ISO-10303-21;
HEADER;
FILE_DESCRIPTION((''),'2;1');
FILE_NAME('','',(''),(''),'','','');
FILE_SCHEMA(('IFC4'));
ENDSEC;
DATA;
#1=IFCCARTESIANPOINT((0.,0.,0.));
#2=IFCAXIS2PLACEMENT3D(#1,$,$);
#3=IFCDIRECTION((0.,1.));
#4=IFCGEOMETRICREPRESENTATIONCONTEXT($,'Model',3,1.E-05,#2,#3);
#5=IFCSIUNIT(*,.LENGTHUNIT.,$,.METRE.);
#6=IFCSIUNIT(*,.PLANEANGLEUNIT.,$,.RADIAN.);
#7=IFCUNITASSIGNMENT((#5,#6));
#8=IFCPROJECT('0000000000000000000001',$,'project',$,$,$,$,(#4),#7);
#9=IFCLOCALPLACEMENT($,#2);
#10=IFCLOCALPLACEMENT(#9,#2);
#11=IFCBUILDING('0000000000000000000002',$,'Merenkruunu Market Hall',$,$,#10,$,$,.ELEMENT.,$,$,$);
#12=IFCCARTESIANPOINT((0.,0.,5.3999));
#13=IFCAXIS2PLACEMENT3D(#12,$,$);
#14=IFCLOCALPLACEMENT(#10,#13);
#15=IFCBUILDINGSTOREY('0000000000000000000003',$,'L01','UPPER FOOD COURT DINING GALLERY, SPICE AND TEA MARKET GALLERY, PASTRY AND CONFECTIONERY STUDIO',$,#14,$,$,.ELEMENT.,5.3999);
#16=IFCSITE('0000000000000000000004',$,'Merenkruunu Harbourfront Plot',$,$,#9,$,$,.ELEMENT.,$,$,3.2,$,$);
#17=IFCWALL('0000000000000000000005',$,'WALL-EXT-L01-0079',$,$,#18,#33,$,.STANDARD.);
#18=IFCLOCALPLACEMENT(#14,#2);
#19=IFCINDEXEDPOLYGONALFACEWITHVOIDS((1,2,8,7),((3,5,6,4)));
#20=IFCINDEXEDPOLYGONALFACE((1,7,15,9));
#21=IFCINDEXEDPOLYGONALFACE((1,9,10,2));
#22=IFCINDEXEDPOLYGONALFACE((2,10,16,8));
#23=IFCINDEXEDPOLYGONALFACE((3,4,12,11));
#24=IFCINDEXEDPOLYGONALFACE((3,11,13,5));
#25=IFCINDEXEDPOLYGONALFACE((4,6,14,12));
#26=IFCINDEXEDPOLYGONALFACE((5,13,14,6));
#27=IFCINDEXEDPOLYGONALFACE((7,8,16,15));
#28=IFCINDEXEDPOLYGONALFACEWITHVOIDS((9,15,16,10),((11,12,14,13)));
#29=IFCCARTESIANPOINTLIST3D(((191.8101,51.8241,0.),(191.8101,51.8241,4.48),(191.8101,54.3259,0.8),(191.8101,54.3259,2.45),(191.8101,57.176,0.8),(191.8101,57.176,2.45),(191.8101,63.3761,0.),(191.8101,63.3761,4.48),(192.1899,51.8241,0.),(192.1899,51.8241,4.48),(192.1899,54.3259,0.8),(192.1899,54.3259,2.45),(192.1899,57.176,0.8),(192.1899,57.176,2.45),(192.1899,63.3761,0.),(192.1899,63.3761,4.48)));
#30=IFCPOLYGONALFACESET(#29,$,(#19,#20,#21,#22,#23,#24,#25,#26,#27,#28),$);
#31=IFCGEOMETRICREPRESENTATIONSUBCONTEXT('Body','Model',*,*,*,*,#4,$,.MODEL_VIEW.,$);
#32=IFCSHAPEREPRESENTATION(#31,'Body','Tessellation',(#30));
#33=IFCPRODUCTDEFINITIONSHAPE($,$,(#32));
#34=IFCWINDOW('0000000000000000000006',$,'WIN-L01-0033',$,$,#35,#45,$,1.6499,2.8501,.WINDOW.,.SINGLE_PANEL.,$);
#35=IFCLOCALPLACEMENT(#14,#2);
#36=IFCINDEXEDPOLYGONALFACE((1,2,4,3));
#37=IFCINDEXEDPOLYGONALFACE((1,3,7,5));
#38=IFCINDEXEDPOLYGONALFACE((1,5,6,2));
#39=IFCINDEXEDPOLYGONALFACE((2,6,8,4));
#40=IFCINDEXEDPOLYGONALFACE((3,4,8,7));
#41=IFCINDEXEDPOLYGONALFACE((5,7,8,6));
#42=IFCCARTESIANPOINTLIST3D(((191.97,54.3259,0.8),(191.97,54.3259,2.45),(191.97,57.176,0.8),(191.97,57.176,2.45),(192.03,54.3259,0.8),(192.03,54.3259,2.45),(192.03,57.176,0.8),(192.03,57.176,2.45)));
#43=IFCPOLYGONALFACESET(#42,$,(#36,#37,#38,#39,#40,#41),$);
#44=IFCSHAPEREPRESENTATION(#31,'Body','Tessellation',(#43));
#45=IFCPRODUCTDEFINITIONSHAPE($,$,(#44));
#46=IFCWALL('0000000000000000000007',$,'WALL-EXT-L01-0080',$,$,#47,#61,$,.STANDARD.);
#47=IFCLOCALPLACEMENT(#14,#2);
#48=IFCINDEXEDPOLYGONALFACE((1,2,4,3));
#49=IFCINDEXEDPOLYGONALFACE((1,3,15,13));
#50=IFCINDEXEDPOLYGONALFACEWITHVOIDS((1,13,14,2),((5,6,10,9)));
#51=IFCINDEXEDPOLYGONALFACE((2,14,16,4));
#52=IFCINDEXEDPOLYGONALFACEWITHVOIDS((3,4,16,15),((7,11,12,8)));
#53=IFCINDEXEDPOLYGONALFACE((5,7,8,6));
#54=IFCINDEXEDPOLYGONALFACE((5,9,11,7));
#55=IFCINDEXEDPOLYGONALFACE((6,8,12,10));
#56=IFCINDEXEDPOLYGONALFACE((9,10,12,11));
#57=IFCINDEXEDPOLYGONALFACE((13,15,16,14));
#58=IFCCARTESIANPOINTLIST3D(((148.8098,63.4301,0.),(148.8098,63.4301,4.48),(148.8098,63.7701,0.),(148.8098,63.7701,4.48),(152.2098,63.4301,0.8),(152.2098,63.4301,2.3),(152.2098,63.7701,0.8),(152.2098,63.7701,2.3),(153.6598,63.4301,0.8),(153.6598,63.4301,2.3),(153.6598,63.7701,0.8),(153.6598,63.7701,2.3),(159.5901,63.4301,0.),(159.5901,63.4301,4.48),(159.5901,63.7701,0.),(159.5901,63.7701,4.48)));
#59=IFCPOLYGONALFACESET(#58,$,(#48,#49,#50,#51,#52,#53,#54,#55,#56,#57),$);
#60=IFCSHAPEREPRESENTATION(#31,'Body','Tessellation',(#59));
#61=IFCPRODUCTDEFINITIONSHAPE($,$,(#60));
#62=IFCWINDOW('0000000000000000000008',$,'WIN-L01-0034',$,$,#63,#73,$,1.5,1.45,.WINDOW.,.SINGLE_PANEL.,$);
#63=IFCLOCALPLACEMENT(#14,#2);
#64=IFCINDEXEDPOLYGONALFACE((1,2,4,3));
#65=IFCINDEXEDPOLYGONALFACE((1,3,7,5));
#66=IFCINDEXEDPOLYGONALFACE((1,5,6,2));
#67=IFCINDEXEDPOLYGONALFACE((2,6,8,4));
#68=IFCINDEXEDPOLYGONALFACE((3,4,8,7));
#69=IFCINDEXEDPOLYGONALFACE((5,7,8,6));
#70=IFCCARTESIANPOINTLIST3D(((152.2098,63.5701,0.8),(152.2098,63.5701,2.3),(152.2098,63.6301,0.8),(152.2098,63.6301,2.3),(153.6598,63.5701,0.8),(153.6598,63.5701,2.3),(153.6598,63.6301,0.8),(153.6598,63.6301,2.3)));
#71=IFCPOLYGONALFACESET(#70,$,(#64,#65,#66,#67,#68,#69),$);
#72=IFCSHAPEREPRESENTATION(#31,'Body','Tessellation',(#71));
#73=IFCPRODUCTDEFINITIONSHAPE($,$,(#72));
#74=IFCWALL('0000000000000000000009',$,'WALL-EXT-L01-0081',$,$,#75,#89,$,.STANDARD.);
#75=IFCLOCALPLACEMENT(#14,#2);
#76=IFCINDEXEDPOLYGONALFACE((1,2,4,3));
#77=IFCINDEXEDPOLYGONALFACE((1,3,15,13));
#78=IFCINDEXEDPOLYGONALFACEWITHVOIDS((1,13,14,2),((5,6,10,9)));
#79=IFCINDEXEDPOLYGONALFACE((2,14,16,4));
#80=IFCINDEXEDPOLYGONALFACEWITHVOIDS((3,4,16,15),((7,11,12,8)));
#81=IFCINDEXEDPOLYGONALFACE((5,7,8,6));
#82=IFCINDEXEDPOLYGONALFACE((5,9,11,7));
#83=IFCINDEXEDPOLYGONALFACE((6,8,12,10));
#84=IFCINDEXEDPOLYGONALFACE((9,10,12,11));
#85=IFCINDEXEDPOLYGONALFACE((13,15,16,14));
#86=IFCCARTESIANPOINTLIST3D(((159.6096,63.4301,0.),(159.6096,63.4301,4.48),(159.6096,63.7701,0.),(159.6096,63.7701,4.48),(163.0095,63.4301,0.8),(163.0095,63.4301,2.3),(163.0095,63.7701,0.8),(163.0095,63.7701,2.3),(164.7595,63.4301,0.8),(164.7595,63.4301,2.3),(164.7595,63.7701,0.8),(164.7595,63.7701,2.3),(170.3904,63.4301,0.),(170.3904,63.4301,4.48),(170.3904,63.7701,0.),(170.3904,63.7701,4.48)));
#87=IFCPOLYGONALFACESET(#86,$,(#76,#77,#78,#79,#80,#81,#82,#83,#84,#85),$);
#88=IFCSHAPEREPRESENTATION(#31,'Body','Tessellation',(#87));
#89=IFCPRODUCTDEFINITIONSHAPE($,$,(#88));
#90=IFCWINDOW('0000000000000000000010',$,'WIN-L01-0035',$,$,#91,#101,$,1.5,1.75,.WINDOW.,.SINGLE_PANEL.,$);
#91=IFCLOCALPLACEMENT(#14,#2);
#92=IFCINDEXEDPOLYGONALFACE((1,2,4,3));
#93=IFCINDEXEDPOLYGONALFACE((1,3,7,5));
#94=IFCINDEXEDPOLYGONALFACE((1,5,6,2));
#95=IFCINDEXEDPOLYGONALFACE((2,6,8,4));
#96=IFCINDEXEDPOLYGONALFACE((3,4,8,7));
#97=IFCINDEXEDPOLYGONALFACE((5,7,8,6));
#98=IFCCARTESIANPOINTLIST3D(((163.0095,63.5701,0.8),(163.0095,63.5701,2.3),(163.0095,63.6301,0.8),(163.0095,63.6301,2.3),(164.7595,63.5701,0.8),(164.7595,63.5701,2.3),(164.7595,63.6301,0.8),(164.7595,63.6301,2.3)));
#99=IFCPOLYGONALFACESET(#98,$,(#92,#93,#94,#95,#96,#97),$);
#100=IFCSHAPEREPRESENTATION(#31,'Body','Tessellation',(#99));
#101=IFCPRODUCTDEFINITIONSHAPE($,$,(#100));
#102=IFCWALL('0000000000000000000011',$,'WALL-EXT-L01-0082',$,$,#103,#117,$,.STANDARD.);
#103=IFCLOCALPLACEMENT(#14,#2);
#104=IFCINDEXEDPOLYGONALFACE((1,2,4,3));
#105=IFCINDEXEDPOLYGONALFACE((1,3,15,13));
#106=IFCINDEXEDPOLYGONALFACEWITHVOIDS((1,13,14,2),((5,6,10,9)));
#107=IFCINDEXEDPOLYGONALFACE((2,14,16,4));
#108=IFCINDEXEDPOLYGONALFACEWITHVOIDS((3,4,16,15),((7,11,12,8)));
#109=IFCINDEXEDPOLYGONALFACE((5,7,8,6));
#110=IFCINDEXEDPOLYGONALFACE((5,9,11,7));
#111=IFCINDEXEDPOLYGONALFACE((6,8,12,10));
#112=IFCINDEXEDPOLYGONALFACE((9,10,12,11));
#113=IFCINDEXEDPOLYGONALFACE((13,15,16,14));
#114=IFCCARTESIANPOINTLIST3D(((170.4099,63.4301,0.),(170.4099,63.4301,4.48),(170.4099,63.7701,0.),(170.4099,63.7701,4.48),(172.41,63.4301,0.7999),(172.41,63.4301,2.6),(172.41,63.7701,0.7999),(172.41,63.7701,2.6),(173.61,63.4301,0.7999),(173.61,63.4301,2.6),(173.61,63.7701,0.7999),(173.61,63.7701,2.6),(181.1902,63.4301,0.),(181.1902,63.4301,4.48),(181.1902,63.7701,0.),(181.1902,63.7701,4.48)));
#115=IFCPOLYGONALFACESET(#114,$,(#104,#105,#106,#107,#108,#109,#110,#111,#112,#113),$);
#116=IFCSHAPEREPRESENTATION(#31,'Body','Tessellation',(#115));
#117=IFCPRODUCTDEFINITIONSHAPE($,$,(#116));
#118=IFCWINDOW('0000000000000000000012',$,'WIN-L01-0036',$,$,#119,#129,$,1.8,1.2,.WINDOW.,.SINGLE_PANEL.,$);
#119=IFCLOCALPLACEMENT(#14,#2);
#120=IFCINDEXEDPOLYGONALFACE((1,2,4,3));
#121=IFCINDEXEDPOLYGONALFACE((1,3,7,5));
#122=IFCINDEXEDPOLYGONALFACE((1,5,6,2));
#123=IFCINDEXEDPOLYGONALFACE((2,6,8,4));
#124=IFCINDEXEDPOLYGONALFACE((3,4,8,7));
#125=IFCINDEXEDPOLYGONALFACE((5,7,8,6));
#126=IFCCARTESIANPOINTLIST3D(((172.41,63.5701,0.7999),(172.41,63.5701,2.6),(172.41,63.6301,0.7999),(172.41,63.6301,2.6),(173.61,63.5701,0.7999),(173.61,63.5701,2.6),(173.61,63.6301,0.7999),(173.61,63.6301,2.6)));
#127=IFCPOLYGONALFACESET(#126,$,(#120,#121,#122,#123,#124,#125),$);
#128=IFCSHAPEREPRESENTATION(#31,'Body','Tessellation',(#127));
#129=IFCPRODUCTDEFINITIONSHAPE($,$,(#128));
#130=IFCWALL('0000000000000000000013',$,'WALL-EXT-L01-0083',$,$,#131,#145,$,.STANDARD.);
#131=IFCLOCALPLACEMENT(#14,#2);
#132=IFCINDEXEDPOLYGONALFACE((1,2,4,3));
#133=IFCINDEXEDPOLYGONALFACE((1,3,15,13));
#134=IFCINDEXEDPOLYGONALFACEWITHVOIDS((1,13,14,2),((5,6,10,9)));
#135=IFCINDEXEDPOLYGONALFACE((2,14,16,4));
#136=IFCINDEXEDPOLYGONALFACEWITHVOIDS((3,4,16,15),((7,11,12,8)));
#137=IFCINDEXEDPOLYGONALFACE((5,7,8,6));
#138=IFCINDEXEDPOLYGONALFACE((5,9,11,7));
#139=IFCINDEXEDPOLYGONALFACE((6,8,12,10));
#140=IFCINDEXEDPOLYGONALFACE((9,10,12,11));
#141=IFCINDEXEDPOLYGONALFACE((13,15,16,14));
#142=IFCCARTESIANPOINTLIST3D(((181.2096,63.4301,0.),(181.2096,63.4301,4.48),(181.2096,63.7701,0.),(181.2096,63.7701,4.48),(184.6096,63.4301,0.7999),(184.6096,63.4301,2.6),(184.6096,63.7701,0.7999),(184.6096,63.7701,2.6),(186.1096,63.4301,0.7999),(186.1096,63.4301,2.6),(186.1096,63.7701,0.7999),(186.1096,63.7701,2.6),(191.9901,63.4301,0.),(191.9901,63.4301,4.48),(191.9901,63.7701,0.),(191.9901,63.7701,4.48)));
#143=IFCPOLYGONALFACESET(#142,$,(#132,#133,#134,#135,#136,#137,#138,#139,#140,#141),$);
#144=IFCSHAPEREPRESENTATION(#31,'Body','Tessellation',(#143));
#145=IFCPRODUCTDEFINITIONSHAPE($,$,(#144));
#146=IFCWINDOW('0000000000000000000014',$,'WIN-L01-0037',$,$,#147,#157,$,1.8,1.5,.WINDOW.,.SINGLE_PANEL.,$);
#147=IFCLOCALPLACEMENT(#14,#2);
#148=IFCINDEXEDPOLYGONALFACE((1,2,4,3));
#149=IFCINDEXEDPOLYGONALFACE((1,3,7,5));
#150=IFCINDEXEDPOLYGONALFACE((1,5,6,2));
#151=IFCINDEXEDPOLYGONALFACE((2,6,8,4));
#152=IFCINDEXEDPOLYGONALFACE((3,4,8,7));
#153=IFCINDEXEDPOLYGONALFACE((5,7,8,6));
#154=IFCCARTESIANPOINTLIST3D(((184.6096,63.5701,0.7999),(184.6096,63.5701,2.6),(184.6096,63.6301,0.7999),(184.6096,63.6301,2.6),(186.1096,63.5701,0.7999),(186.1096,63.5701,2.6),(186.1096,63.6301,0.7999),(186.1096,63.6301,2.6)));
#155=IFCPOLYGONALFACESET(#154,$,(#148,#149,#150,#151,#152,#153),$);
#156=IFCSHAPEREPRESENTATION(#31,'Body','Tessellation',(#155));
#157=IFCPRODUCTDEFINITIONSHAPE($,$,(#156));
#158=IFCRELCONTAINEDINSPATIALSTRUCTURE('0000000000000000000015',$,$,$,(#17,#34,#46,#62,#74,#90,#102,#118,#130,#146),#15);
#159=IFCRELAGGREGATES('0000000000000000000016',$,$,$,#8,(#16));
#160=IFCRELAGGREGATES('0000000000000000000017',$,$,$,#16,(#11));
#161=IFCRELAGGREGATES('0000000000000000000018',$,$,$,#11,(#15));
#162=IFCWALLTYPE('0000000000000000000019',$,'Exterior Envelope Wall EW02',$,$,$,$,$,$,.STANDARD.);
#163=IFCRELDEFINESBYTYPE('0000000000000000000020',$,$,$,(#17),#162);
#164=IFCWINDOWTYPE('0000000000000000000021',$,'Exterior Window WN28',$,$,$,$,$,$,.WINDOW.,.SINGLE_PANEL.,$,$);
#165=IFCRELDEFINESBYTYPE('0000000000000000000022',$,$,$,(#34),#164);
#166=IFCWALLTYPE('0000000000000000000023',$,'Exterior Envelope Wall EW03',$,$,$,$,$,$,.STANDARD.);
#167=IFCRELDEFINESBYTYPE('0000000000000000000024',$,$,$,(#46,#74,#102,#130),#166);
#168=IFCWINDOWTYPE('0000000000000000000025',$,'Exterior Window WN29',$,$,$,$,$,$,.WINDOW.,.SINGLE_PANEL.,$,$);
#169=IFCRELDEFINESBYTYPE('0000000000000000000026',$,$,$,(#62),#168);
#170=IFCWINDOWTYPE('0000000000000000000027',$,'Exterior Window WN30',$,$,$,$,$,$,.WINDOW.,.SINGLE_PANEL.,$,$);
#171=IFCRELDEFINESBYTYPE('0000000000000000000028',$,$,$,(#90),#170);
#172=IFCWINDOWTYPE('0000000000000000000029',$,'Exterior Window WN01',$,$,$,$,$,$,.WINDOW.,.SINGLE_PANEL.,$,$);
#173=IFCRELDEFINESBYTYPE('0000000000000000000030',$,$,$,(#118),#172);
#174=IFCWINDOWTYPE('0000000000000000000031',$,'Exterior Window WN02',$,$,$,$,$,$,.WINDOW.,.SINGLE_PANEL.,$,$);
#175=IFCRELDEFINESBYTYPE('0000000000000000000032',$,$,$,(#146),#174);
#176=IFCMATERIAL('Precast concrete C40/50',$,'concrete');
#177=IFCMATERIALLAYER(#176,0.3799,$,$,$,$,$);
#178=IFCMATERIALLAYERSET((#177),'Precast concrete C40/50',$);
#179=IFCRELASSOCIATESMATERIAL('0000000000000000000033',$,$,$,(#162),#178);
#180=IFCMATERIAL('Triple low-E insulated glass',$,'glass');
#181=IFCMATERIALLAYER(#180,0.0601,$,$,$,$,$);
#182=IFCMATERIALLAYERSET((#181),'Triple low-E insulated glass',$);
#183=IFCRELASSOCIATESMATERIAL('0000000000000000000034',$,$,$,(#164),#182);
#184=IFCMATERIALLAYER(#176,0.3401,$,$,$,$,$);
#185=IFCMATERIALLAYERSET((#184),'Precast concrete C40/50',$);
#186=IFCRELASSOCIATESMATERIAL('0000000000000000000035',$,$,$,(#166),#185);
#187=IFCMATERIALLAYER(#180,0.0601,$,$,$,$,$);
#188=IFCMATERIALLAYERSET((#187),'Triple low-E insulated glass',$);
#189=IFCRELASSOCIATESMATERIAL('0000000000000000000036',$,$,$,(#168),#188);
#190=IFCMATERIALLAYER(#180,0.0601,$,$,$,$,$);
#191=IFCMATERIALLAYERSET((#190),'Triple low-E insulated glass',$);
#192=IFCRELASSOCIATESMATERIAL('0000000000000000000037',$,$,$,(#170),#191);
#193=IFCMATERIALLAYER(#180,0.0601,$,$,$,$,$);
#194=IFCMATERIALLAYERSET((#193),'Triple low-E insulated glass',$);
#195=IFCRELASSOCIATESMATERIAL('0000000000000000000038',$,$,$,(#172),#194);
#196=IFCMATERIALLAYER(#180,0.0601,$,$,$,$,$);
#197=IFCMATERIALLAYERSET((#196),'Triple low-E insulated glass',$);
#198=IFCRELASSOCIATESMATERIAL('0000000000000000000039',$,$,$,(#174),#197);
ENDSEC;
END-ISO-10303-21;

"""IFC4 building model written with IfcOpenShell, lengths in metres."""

from ifc_helpers import new_model, si_unit, direction, frame, frame_2d, origin, place, context, subcontext, project, spatial, rectangle, extrude, material, layer, layer_set, type_object, element, fill, save


model = new_model("IFC4")

# Units and contexts
model_context = context("Model", 3, precision=1e-05, world=origin(), true_north=direction((0.0, 1.0)))
body_context = subcontext(model_context, "Body", "Model", "MODEL_VIEW")
ifc_project = project(units=[si_unit("LENGTHUNIT", "METRE"), si_unit("PLANEANGLEUNIT", "RADIAN")], contexts=[model_context])

# Site, building, storey
site_placement = place(None, origin())
site = spatial("IfcSite", under=ifc_project, at=site_placement, Name="Merenkruunu Harbourfront Plot", CompositionType="ELEMENT", RefElevation=3.2)
building_placement = place(site_placement, origin())
building = spatial("IfcBuilding", under=site, at=building_placement, Name="Merenkruunu Market Hall", CompositionType="ELEMENT")
storey_placement = place(building_placement, frame((0.0, 0.0, 5.3999)))
storey = spatial("IfcBuildingStorey", under=building, at=storey_placement, Name="L01", Description="UPPER FOOD COURT DINING GALLERY, SPICE AND TEA MARKET GALLERY, PASTRY AND CONFECTIONERY STUDIO", CompositionType="ELEMENT", Elevation=5.3999)

# Walls, openings, windows
ifc_material_1 = material(Name="Precast concrete C40/50", Category="concrete")
ifc_layer_1 = layer(ifc_material_1, 0.3799)
ifc_layer_set_1 = layer_set([ifc_layer_1], Name="Precast concrete C40/50")
wall_type_1 = type_object("IfcWallType", Name="Exterior Envelope Wall EW02", PredefinedType="STANDARD", material=ifc_layer_set_1)
wall_1_placement = place(storey_placement, frame((192.0, 63.376, 0.0), z_axis=(0.0, 0.0, 1.0), x_axis=(0.0, -1.0, 0.0)))
wall_1 = element("IfcWall", 1, at=wall_1_placement, inside=storey, type_object=wall_type_1, Name="WALL-EXT-L01-0079", PredefinedType="STANDARD", context=body_context, shape_type="SweptSolid", body=[
    extrude(rectangle(XDim=11.552, YDim=0.3799, at=frame_2d((5.7759, 0.0))), origin(), (0.0, 0.0, 1.0), 4.48),
])
opening_1_placement = place(wall_1_placement, frame((6.2, 0.0, 0.8)))
opening_1 = element("IfcOpeningElement", 2, at=opening_1_placement, cuts=wall_1, PredefinedType="OPENING", context=body_context, shape_type="SweptSolid", body=[
    extrude(rectangle(XDim=2.8501, YDim=1.6499, at=frame_2d((1.425, 0.825))), frame((0.0, 0.2, 0.0), z_axis=(0.0, -1.0, 0.0), x_axis=(1.0, 0.0, 0.0)), (0.0, 0.0, 1.0), 0.3999),
])
ifc_material_2 = material(Name="Triple low-E insulated glass", Category="glass")
ifc_layer_2 = layer(ifc_material_2, 0.0601)
ifc_layer_set_2 = layer_set([ifc_layer_2], Name="Triple low-E insulated glass")
window_type_1 = type_object("IfcWindowType", Name="Exterior Window WN28", PartitioningType="SINGLE_PANEL", PredefinedType="WINDOW", material=ifc_layer_set_2)
window_1_placement = place(opening_1_placement, origin())
window_1 = element("IfcWindow", 3, at=window_1_placement, inside=storey, type_object=window_type_1, Name="WIN-L01-0033", OverallHeight=1.6499, OverallWidth=2.8501, PartitioningType="SINGLE_PANEL", PredefinedType="WINDOW", context=body_context, shape_type="SweptSolid", body=[
    extrude(rectangle(XDim=2.8501, YDim=1.6499, at=frame_2d((1.425, 0.825))), frame((0.0, 0.03, 0.0), z_axis=(0.0, -1.0, 0.0), x_axis=(1.0, 0.0, 0.0)), (0.0, 0.0, 1.0), 0.0601),
])
fill(opening_1, window_1)
ifc_layer_3 = layer(ifc_material_1, 0.3401)
ifc_layer_set_3 = layer_set([ifc_layer_3], Name="Precast concrete C40/50")
wall_type_2 = type_object("IfcWallType", Name="Exterior Envelope Wall EW03", PredefinedType="STANDARD", material=ifc_layer_set_3)
wall_2_placement = place(storey_placement, frame((148.8098, 63.6001, 0.0), z_axis=(0.0, 0.0, 1.0), x_axis=(1.0, 0.0, 0.0)))
wall_2 = element("IfcWall", 4, at=wall_2_placement, inside=storey, type_object=wall_type_2, Name="WALL-EXT-L01-0080", PredefinedType="STANDARD", context=body_context, shape_type="SweptSolid", body=[
    extrude(rectangle(XDim=10.7803, YDim=0.3401, at=frame_2d((5.3901, 0.0))), origin(), (0.0, 0.0, 1.0), 4.48),
])
opening_2_placement = place(wall_2_placement, frame((3.3999, 0.0, 0.8)))
opening_2 = element("IfcOpeningElement", 5, at=opening_2_placement, cuts=wall_2, PredefinedType="OPENING", context=body_context, shape_type="SweptSolid", body=[
    extrude(rectangle(XDim=1.45, YDim=1.5, at=frame_2d((0.7251, 0.75))), frame((0.0, 0.1802, 0.0), z_axis=(0.0, -1.0, 0.0), x_axis=(1.0, 0.0, 0.0)), (0.0, 0.0, 1.0), 0.3601),
])
ifc_layer_4 = layer(ifc_material_2, 0.0601)
ifc_layer_set_4 = layer_set([ifc_layer_4], Name="Triple low-E insulated glass")
window_type_2 = type_object("IfcWindowType", Name="Exterior Window WN29", PartitioningType="SINGLE_PANEL", PredefinedType="WINDOW", material=ifc_layer_set_4)
window_2_placement = place(opening_2_placement, origin())
window_2 = element("IfcWindow", 6, at=window_2_placement, inside=storey, type_object=window_type_2, Name="WIN-L01-0034", OverallHeight=1.5, OverallWidth=1.45, PartitioningType="SINGLE_PANEL", PredefinedType="WINDOW", context=body_context, shape_type="SweptSolid", body=[
    extrude(rectangle(XDim=1.45, YDim=1.5, at=frame_2d((0.7251, 0.75))), frame((0.0, 0.03, 0.0), z_axis=(0.0, -1.0, 0.0), x_axis=(1.0, 0.0, 0.0)), (0.0, 0.0, 1.0), 0.0601),
])
fill(opening_2, window_2)
wall_3_placement = place(storey_placement, frame((159.6096, 63.6001, 0.0), z_axis=(0.0, 0.0, 1.0), x_axis=(1.0, 0.0, 0.0)))
wall_3 = element("IfcWall", 7, at=wall_3_placement, inside=storey, type_object=wall_type_2, Name="WALL-EXT-L01-0081", PredefinedType="STANDARD", context=body_context, shape_type="SweptSolid", body=[
    extrude(rectangle(XDim=10.7808, YDim=0.3401, at=frame_2d((5.3904, 0.0))), origin(), (0.0, 0.0, 1.0), 4.48),
])
opening_3_placement = place(wall_3_placement, frame((3.3999, 0.0, 0.8)))
opening_3 = element("IfcOpeningElement", 8, at=opening_3_placement, cuts=wall_3, PredefinedType="OPENING", context=body_context, shape_type="SweptSolid", body=[
    extrude(rectangle(XDim=1.75, YDim=1.5, at=frame_2d((0.875, 0.75))), frame((0.0, 0.1802, 0.0), z_axis=(0.0, -1.0, 0.0), x_axis=(1.0, 0.0, 0.0)), (0.0, 0.0, 1.0), 0.3601),
])
ifc_layer_5 = layer(ifc_material_2, 0.0601)
ifc_layer_set_5 = layer_set([ifc_layer_5], Name="Triple low-E insulated glass")
window_type_3 = type_object("IfcWindowType", Name="Exterior Window WN30", PartitioningType="SINGLE_PANEL", PredefinedType="WINDOW", material=ifc_layer_set_5)
window_3_placement = place(opening_3_placement, origin())
window_3 = element("IfcWindow", 9, at=window_3_placement, inside=storey, type_object=window_type_3, Name="WIN-L01-0035", OverallHeight=1.5, OverallWidth=1.75, PartitioningType="SINGLE_PANEL", PredefinedType="WINDOW", context=body_context, shape_type="SweptSolid", body=[
    extrude(rectangle(XDim=1.75, YDim=1.5, at=frame_2d((0.875, 0.75))), frame((0.0, 0.03, 0.0), z_axis=(0.0, -1.0, 0.0), x_axis=(1.0, 0.0, 0.0)), (0.0, 0.0, 1.0), 0.0601),
])
fill(opening_3, window_3)
wall_4_placement = place(storey_placement, frame((170.4099, 63.6001, 0.0), z_axis=(0.0, 0.0, 1.0), x_axis=(1.0, 0.0, 0.0)))
wall_4 = element("IfcWall", 10, at=wall_4_placement, inside=storey, type_object=wall_type_2, Name="WALL-EXT-L01-0082", PredefinedType="STANDARD", context=body_context, shape_type="SweptSolid", body=[
    extrude(rectangle(XDim=10.7803, YDim=0.3401, at=frame_2d((5.3901, 0.0))), origin(), (0.0, 0.0, 1.0), 4.48),
])
opening_4_placement = place(wall_4_placement, frame((2.0, 0.0, 0.8)))
opening_4 = element("IfcOpeningElement", 11, at=opening_4_placement, cuts=wall_4, PredefinedType="OPENING", context=body_context, shape_type="SweptSolid", body=[
    extrude(rectangle(XDim=1.2, YDim=1.8, at=frame_2d((0.6001, 0.8999))), frame((0.0, 0.1802, 0.0), z_axis=(0.0, -1.0, 0.0), x_axis=(1.0, 0.0, 0.0)), (0.0, 0.0, 1.0), 0.3601),
])
ifc_layer_6 = layer(ifc_material_2, 0.0601)
ifc_layer_set_6 = layer_set([ifc_layer_6], Name="Triple low-E insulated glass")
window_type_4 = type_object("IfcWindowType", Name="Exterior Window WN01", PartitioningType="SINGLE_PANEL", PredefinedType="WINDOW", material=ifc_layer_set_6)
window_4_placement = place(opening_4_placement, origin())
window_4 = element("IfcWindow", 12, at=window_4_placement, inside=storey, type_object=window_type_4, Name="WIN-L01-0036", OverallHeight=1.8, OverallWidth=1.2, PartitioningType="SINGLE_PANEL", PredefinedType="WINDOW", context=body_context, shape_type="SweptSolid", body=[
    extrude(rectangle(XDim=1.2, YDim=1.8, at=frame_2d((0.6001, 0.8999))), frame((0.0, 0.03, 0.0), z_axis=(0.0, -1.0, 0.0), x_axis=(1.0, 0.0, 0.0)), (0.0, 0.0, 1.0), 0.0601),
])
fill(opening_4, window_4)
wall_5_placement = place(storey_placement, frame((181.2097, 63.6001, 0.0), z_axis=(0.0, 0.0, 1.0), x_axis=(1.0, 0.0, 0.0)))
wall_5 = element("IfcWall", 13, at=wall_5_placement, inside=storey, type_object=wall_type_2, Name="WALL-EXT-L01-0083", PredefinedType="STANDARD", context=body_context, shape_type="SweptSolid", body=[
    extrude(rectangle(XDim=10.7805, YDim=0.3401, at=frame_2d((5.3901, 0.0))), origin(), (0.0, 0.0, 1.0), 4.48),
])
opening_5_placement = place(wall_5_placement, frame((3.3999, 0.0, 0.8)))
opening_5 = element("IfcOpeningElement", 14, at=opening_5_placement, cuts=wall_5, PredefinedType="OPENING", context=body_context, shape_type="SweptSolid", body=[
    extrude(rectangle(XDim=1.5, YDim=1.8, at=frame_2d((0.75, 0.8999))), frame((0.0, 0.1802, 0.0), z_axis=(0.0, -1.0, 0.0), x_axis=(1.0, 0.0, 0.0)), (0.0, 0.0, 1.0), 0.3601),
])
ifc_layer_7 = layer(ifc_material_2, 0.0601)
ifc_layer_set_7 = layer_set([ifc_layer_7], Name="Triple low-E insulated glass")
window_type_5 = type_object("IfcWindowType", Name="Exterior Window WN02", PartitioningType="SINGLE_PANEL", PredefinedType="WINDOW", material=ifc_layer_set_7)
window_5_placement = place(opening_5_placement, origin())
window_5 = element("IfcWindow", 15, at=window_5_placement, inside=storey, type_object=window_type_5, Name="WIN-L01-0037", OverallHeight=1.8, OverallWidth=1.5, PartitioningType="SINGLE_PANEL", PredefinedType="WINDOW", context=body_context, shape_type="SweptSolid", body=[
    extrude(rectangle(XDim=1.5, YDim=1.8, at=frame_2d((0.75, 0.8999))), frame((0.0, 0.03, 0.0), z_axis=(0.0, -1.0, 0.0), x_axis=(1.0, 0.0, 0.0)), (0.0, 0.0, 1.0), 0.0601),
])
fill(opening_5, window_5)

save(model, "model.ifc")
